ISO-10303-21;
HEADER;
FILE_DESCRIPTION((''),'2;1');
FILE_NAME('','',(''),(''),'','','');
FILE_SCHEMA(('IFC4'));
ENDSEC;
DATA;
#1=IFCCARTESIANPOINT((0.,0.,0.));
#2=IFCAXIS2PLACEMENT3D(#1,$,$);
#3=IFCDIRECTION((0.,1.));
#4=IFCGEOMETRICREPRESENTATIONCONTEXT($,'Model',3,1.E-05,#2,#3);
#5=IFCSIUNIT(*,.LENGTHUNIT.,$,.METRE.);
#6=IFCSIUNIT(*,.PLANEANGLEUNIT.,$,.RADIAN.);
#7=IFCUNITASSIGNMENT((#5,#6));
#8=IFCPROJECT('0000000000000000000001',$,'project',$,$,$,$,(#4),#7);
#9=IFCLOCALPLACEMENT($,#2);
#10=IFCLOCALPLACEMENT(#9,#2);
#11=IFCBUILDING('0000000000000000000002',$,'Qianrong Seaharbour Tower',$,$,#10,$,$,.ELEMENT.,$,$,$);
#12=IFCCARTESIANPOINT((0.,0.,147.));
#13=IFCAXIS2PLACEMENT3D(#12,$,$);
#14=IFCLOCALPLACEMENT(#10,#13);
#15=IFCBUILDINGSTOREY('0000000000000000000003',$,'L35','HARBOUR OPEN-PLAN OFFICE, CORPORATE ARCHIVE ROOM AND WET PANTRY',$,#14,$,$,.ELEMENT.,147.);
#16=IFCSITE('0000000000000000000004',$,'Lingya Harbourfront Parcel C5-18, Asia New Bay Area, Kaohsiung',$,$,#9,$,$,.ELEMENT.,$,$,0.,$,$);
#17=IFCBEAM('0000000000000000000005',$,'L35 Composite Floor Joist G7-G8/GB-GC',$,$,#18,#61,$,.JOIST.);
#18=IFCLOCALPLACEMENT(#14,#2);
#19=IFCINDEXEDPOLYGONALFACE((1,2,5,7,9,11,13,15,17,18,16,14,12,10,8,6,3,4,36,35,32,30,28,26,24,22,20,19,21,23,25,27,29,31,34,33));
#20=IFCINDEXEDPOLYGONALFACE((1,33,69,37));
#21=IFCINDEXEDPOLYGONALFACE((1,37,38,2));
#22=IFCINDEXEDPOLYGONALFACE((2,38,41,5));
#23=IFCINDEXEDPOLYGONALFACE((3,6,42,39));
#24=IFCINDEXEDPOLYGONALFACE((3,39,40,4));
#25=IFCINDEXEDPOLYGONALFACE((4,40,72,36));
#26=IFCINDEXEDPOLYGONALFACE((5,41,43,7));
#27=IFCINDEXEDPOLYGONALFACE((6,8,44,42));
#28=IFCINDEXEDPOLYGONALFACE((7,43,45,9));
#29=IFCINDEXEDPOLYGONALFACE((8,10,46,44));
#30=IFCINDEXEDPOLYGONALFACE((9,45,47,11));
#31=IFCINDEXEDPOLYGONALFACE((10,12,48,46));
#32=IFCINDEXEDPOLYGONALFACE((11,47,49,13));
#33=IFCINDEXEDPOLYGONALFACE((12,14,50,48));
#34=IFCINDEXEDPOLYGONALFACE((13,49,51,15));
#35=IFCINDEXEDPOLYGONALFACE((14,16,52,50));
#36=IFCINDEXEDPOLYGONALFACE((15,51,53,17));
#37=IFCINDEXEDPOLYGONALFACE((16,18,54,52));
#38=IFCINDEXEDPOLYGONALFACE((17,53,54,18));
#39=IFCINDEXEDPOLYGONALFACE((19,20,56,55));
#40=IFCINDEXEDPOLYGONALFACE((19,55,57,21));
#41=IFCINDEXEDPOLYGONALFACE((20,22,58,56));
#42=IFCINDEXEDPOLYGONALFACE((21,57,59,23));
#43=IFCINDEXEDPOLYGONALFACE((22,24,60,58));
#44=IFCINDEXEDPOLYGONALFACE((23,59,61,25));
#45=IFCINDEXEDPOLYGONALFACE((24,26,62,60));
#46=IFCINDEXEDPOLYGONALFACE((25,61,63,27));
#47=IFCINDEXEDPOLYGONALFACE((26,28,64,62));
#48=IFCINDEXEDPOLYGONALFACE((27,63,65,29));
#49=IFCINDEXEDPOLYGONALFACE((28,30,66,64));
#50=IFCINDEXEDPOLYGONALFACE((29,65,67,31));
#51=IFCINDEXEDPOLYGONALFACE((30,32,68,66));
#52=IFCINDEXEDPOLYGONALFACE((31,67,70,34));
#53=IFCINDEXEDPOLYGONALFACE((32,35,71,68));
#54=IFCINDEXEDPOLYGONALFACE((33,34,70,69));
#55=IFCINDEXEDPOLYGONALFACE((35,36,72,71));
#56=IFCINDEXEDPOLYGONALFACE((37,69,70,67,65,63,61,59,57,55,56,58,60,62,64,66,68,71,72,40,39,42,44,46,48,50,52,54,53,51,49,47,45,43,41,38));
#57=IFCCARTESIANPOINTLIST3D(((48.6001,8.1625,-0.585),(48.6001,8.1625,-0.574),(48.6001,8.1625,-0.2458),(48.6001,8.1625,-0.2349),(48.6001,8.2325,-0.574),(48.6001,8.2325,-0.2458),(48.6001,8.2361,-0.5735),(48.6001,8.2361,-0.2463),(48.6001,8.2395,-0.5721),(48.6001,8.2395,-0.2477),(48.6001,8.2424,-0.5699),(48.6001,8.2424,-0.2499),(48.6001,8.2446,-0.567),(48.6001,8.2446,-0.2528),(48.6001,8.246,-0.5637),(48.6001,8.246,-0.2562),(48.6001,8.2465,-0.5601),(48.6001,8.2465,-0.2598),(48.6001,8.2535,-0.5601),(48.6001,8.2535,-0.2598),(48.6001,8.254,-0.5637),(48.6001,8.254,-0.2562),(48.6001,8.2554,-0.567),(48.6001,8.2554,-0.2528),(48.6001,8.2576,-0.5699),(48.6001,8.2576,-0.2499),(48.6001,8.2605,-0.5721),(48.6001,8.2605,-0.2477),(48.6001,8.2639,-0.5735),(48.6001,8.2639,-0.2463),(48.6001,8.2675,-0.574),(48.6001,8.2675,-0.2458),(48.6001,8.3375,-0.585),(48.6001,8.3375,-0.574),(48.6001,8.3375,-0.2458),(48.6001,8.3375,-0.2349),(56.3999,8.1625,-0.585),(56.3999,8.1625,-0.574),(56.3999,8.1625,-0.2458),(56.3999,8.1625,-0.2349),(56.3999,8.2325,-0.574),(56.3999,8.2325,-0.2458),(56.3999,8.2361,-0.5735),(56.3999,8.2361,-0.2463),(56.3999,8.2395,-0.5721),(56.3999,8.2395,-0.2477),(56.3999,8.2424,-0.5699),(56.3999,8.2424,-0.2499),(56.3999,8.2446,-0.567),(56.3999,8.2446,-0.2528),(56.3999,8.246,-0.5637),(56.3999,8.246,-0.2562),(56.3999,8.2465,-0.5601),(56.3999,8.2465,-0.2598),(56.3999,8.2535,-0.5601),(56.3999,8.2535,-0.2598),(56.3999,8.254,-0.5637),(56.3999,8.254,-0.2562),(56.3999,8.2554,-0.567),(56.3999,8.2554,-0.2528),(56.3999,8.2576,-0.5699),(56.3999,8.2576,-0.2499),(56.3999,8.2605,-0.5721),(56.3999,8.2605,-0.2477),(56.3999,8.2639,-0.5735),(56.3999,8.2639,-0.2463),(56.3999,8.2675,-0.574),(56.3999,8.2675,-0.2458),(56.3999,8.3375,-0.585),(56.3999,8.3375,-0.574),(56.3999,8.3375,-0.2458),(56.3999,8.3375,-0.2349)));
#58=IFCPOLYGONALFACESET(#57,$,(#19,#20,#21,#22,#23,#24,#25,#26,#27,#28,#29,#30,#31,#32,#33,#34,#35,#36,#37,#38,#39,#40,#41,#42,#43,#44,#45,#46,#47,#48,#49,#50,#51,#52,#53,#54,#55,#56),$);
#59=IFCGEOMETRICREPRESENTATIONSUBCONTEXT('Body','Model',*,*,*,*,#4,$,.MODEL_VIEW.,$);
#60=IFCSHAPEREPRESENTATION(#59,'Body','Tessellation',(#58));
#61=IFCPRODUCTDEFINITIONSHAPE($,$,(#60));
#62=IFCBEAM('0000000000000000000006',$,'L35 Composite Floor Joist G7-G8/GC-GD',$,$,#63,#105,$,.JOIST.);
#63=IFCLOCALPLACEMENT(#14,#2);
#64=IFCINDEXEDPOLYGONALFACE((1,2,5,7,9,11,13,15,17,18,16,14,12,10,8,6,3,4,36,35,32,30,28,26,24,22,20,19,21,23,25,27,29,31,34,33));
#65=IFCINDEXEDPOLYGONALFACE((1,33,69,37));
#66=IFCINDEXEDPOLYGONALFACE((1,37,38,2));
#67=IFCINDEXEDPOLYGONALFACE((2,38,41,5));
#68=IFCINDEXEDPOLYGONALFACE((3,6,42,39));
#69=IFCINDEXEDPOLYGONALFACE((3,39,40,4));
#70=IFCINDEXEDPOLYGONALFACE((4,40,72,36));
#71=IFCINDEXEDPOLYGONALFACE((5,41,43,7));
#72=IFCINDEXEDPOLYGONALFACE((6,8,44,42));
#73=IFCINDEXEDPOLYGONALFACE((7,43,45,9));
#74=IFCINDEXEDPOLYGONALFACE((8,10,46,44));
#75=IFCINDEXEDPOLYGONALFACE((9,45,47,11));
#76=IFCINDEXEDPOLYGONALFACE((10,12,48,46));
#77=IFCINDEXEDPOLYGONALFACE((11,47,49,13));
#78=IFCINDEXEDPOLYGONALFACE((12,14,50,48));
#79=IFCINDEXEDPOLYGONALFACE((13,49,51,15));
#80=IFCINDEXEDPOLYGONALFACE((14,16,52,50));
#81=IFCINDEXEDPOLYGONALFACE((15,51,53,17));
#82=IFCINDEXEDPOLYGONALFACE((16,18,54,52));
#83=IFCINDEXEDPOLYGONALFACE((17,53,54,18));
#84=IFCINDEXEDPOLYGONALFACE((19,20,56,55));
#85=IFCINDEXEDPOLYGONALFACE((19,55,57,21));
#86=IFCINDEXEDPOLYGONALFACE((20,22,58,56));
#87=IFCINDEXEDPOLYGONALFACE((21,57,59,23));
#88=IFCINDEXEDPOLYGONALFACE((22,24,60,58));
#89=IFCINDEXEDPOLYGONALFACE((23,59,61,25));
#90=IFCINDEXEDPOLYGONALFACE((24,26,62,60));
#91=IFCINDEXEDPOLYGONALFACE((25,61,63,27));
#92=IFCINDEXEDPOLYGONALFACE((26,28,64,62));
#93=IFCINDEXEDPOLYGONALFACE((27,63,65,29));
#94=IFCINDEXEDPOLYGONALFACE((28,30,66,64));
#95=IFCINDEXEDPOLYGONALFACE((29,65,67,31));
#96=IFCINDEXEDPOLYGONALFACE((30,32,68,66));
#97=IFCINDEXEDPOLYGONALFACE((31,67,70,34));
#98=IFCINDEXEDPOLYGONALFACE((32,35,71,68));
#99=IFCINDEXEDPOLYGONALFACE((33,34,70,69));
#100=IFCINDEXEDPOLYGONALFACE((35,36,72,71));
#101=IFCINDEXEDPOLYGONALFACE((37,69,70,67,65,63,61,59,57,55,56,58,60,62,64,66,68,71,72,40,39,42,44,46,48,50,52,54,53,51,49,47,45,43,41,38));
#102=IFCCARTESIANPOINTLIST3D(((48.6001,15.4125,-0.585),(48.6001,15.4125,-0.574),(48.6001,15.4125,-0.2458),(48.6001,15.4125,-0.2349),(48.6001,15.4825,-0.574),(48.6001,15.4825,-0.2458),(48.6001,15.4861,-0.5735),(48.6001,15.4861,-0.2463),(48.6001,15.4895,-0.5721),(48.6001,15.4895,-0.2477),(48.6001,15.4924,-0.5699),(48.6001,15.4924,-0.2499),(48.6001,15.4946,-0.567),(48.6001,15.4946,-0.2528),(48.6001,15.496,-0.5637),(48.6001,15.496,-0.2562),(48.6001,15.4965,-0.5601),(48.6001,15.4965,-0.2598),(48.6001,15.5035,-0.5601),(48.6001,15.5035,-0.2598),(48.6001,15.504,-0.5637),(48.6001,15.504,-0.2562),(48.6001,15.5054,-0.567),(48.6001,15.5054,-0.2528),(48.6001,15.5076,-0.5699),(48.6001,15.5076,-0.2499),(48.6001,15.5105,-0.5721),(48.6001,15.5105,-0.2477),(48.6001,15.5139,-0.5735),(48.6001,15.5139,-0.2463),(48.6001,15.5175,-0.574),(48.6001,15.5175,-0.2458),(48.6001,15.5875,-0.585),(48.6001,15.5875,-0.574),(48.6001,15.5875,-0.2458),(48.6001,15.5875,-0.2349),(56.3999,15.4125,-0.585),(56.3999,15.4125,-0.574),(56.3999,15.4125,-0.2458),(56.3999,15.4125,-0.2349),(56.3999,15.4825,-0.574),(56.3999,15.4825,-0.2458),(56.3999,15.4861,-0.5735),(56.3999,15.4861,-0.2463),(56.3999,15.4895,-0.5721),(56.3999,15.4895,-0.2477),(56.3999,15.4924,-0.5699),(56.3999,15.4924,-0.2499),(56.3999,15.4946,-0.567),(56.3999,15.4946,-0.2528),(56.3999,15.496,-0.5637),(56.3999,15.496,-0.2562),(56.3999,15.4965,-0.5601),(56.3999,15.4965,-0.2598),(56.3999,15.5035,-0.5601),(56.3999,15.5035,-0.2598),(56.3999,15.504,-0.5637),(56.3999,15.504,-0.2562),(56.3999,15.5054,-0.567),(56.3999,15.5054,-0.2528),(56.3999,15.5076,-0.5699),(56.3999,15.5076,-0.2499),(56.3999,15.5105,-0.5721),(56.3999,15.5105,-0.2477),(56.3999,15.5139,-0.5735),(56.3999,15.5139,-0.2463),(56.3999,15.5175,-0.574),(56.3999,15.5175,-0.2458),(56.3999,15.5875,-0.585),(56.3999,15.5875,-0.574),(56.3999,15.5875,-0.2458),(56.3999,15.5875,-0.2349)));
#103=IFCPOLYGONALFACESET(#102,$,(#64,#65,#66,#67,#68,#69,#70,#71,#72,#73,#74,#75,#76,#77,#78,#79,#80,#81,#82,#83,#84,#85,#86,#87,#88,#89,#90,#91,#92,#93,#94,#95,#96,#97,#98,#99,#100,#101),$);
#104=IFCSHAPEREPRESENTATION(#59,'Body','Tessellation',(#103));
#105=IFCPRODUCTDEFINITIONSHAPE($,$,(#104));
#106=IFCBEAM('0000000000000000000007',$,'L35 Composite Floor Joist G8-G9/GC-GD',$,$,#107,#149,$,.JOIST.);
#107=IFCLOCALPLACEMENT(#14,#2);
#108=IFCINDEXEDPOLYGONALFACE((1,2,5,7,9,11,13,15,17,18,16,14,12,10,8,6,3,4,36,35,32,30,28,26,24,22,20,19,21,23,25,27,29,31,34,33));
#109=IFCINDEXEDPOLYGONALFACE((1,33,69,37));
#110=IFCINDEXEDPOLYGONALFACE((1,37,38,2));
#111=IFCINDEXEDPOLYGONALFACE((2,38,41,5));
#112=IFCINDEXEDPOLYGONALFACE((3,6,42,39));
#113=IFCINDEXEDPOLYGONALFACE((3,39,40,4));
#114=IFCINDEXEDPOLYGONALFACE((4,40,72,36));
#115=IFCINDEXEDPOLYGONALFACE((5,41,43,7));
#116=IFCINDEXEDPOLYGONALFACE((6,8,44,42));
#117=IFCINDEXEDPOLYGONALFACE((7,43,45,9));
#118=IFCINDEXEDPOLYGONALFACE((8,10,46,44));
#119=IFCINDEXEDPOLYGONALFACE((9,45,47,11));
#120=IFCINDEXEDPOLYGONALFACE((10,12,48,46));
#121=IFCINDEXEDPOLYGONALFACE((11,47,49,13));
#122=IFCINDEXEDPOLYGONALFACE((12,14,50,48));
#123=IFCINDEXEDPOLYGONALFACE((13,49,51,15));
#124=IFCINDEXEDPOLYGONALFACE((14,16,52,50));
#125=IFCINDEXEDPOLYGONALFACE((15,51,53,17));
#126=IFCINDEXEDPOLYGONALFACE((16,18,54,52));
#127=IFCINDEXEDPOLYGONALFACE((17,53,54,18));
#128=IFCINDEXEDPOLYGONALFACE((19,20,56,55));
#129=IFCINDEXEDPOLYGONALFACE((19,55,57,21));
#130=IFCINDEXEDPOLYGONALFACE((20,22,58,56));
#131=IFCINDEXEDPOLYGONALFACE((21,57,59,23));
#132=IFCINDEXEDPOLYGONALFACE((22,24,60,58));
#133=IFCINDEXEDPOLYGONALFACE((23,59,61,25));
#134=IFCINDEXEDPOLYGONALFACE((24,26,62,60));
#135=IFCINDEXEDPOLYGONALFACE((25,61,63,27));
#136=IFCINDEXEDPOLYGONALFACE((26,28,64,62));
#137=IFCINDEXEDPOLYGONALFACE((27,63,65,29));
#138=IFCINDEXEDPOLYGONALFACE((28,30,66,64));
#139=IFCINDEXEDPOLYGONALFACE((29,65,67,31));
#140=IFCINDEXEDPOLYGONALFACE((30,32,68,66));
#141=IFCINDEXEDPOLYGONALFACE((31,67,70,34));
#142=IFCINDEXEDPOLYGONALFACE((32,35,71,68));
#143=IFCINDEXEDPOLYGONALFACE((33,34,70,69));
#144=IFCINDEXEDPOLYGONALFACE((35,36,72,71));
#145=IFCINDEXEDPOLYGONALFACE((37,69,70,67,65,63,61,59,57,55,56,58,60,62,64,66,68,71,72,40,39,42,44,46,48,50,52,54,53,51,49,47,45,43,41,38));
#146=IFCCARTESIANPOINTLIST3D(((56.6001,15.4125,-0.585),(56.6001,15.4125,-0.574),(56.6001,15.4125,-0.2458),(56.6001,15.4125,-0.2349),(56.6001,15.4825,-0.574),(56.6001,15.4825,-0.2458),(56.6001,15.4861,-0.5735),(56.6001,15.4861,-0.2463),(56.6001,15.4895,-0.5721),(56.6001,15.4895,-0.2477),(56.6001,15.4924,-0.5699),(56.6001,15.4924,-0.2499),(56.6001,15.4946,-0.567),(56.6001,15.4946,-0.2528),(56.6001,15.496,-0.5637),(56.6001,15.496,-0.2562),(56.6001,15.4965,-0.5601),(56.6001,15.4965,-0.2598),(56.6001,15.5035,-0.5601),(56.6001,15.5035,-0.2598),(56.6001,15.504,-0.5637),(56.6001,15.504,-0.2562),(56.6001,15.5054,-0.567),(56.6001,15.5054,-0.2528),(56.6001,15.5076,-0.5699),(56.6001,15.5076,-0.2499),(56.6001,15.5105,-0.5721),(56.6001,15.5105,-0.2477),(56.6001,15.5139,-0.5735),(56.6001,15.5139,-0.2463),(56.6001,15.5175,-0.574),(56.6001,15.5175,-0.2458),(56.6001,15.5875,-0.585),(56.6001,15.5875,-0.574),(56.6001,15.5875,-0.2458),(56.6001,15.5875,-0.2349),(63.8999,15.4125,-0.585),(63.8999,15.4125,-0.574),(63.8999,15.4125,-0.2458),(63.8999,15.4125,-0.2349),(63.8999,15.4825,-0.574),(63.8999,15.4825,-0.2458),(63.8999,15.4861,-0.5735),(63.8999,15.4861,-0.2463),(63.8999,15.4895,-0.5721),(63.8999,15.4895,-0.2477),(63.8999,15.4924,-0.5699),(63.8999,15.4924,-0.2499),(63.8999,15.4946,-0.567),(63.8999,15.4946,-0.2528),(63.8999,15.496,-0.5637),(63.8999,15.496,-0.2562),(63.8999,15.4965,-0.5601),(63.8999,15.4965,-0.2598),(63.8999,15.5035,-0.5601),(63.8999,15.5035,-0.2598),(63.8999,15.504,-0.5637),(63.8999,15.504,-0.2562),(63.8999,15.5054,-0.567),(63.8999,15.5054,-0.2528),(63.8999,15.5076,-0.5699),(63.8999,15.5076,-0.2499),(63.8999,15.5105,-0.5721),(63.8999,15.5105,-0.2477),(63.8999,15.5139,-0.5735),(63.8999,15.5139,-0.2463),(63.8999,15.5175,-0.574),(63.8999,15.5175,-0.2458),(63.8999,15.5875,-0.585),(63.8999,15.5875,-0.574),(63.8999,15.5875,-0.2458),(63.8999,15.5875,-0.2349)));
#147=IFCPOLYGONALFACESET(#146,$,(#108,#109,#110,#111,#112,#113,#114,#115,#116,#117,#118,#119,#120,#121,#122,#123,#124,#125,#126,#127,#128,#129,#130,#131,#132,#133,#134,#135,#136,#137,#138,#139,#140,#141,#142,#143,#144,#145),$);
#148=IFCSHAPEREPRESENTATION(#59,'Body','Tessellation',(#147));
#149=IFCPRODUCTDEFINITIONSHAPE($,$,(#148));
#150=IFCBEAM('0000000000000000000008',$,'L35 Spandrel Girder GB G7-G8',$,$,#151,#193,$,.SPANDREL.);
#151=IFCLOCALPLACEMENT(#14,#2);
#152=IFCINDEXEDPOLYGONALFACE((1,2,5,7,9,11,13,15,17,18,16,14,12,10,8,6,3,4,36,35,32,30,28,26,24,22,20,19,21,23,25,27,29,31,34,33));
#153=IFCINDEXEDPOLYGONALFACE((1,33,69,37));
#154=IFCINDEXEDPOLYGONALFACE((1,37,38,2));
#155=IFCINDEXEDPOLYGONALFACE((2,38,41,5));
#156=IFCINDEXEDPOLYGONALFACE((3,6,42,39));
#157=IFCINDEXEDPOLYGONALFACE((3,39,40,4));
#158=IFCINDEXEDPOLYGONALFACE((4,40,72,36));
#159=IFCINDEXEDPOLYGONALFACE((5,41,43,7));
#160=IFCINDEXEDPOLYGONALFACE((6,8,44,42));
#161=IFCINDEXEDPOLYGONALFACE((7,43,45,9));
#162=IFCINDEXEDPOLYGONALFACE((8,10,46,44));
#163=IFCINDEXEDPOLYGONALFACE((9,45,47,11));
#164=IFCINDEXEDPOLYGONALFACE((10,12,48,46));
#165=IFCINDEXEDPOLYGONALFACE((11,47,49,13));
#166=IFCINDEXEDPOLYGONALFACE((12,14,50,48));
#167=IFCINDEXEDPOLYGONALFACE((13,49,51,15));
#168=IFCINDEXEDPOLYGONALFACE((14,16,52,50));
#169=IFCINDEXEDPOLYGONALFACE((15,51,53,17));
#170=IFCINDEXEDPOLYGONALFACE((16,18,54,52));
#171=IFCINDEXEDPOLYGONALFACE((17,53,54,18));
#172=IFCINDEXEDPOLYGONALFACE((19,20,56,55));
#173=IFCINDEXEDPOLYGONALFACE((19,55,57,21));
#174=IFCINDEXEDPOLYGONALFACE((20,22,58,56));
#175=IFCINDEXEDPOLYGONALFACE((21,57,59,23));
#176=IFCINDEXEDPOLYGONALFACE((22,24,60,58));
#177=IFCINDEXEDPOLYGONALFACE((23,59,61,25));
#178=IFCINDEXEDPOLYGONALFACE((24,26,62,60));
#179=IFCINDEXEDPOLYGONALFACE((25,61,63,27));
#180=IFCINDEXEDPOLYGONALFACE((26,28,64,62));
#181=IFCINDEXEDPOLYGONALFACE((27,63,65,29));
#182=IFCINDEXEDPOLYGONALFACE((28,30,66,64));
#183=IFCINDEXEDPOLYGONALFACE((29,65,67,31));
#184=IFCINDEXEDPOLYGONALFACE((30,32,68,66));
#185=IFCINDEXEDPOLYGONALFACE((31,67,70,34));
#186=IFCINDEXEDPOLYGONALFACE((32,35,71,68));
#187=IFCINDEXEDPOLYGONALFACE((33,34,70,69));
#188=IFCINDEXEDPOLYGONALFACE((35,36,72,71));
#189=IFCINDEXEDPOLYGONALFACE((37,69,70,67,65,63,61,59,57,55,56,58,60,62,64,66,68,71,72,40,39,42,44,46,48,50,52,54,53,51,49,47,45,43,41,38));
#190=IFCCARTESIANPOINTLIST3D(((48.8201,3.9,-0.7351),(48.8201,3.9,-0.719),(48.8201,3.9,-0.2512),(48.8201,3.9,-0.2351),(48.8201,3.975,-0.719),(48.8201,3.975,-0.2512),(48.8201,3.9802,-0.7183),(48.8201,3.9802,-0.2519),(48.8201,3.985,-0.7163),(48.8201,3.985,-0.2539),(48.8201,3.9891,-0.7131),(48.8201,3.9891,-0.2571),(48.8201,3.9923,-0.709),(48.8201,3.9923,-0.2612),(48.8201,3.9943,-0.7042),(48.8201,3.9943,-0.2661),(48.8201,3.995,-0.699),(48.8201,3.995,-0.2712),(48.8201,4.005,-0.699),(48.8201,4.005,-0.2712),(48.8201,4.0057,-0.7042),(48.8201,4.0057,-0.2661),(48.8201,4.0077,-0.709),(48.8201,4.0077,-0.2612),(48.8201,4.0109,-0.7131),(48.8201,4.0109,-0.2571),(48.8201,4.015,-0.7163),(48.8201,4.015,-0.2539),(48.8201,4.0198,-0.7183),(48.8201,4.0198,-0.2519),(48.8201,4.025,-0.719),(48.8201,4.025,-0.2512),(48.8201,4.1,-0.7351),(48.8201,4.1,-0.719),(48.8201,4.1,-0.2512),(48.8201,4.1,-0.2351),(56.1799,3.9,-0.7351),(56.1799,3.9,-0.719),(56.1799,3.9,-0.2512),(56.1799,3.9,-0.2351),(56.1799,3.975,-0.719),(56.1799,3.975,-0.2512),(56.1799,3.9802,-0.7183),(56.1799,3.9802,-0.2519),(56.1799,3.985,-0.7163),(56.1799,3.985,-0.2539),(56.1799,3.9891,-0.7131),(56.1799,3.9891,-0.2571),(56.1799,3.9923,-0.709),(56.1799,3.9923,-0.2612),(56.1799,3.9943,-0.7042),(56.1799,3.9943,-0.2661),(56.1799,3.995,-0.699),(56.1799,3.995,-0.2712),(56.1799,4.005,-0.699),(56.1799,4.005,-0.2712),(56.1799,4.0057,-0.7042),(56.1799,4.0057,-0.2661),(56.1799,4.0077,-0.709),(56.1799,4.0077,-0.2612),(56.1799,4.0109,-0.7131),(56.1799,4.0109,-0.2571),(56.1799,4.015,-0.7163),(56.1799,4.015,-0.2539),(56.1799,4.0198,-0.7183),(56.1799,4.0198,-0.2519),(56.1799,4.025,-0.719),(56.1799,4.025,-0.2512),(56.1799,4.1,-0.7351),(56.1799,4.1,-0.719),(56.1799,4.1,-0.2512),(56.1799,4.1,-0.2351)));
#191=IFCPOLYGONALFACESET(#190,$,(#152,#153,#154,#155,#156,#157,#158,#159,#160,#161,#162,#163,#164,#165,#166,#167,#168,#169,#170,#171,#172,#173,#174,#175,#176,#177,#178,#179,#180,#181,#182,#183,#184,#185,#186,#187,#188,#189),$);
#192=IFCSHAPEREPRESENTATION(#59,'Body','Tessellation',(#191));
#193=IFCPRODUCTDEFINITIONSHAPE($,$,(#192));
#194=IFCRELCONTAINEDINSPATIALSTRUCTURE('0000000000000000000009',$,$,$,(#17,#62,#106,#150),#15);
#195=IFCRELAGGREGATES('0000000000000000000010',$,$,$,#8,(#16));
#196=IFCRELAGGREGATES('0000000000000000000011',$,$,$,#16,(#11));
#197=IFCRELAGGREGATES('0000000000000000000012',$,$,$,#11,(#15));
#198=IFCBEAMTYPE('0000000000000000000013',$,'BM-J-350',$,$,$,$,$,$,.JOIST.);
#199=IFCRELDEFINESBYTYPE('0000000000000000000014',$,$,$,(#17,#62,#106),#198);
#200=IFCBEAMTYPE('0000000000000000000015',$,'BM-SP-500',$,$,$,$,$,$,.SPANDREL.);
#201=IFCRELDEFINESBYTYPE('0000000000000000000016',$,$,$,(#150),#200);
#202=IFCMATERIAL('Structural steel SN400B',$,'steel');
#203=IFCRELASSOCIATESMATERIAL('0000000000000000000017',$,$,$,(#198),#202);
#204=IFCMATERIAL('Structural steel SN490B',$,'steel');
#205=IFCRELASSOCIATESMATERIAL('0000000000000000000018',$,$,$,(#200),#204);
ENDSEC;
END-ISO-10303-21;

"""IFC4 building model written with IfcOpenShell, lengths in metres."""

from ifc_helpers import new_model, si_unit, direction, frame, origin, origin_2d, place, context, subcontext, project, spatial, i_section, extrude, material, material_profile, profile_set, type_object, element, save


model = new_model("IFC4")

# Units and contexts
model_context = context("Model", 3, precision=1e-05, world=origin(), true_north=direction((0.0, 1.0)))
body_context = subcontext(model_context, "Body", "Model", "MODEL_VIEW")
ifc_project = project(units=[si_unit("LENGTHUNIT", "METRE"), si_unit("PLANEANGLEUNIT", "RADIAN")], contexts=[model_context])

# Site, building, storey
site_placement = place(None, origin())
site = spatial("IfcSite", under=ifc_project, at=site_placement, Name="Lingya Harbourfront Parcel C5-18, Asia New Bay Area, Kaohsiung", CompositionType="ELEMENT", RefElevation=0.0)
building_placement = place(site_placement, origin())
building = spatial("IfcBuilding", under=site, at=building_placement, Name="Qianrong Seaharbour Tower", CompositionType="ELEMENT")
storey_placement = place(building_placement, frame((0.0, 0.0, 147.0)))
storey = spatial("IfcBuildingStorey", under=building, at=storey_placement, Name="L35", Description="HARBOUR OPEN-PLAN OFFICE, CORPORATE ARCHIVE ROOM AND WET PANTRY", CompositionType="ELEMENT", Elevation=147.0)

# Shared definitions
ifc_material_1 = material(Name="Structural steel SN490B", Category="steel")

# Beams
ifc_material_2 = material(Name="Structural steel SN400B", Category="steel")
ifc_material_profile_1 = material_profile(ifc_material_2, i_section(OverallWidth=0.175, OverallDepth=0.3501, WebThickness=0.0071, FlangeThickness=0.011, FilletRadius=0.0139, at=origin_2d()), Name="H350x175x7x11")
ifc_profile_set_1 = profile_set([ifc_material_profile_1], Name="Structural steel SN400B")
beam_type_1 = type_object("IfcBeamType", Name="BM-J-350", PredefinedType="JOIST", material=ifc_profile_set_1)
for number, where, z_axis, x_axis, name in (
    (1, (48.6001, 8.25, -0.4099), (1.0, 0.0, 0.0), (0.0, 1.0, 0.0), "L35 Composite Floor Joist G7-G8/GB-GC"),
    (2, (48.6001, 15.5, -0.4099), (1.0, 0.0, 0.0), (0.0, 1.0, 0.0), "L35 Composite Floor Joist G7-G8/GC-GD"),
):
    element("IfcBeam", number, at=place(storey_placement, frame(where, z_axis=z_axis, x_axis=x_axis)), inside=storey, type_object=beam_type_1, Name=name, PredefinedType="JOIST", context=body_context, shape_type="SweptSolid", body=[
        extrude(i_section(OverallWidth=0.175, OverallDepth=0.3501, WebThickness=0.0071, FlangeThickness=0.011, FilletRadius=0.0139, at=origin_2d()), origin(), (0.0, 0.0, 1.0), 7.7998),
    ])
beam_1_placement = place(storey_placement, frame((56.6001, 15.5, -0.4099), z_axis=(1.0, 0.0, 0.0), x_axis=(0.0, 1.0, 0.0)))
element("IfcBeam", 3, at=beam_1_placement, inside=storey, type_object=beam_type_1, Name="L35 Composite Floor Joist G8-G9/GC-GD", PredefinedType="JOIST", context=body_context, shape_type="SweptSolid", body=[
    extrude(i_section(OverallWidth=0.175, OverallDepth=0.3501, WebThickness=0.0071, FlangeThickness=0.011, FilletRadius=0.0139, at=origin_2d()), origin(), (0.0, 0.0, 1.0), 7.2998),
])
ifc_material_profile_2 = material_profile(ifc_material_1, i_section(OverallWidth=0.2, OverallDepth=0.5, WebThickness=0.01, FlangeThickness=0.0161, FilletRadius=0.02, at=origin_2d()), Name="H500x200x10x16")
ifc_profile_set_2 = profile_set([ifc_material_profile_2], Name="Structural steel SN490B")
beam_type_2 = type_object("IfcBeamType", Name="BM-SP-500", PredefinedType="SPANDREL", material=ifc_profile_set_2)
beam_2_placement = place(storey_placement, frame((48.8201, 4.0, -0.4851), z_axis=(1.0, 0.0, 0.0), x_axis=(0.0, 1.0, 0.0)))
element("IfcBeam", 4, at=beam_2_placement, inside=storey, type_object=beam_type_2, Name="L35 Spandrel Girder GB G7-G8", PredefinedType="SPANDREL", context=body_context, shape_type="SweptSolid", body=[
    extrude(i_section(OverallWidth=0.2, OverallDepth=0.5, WebThickness=0.01, FlangeThickness=0.0161, FilletRadius=0.02, at=origin_2d()), origin(), (0.0, 0.0, 1.0), 7.3599),
])

save(model, "model.ifc")
